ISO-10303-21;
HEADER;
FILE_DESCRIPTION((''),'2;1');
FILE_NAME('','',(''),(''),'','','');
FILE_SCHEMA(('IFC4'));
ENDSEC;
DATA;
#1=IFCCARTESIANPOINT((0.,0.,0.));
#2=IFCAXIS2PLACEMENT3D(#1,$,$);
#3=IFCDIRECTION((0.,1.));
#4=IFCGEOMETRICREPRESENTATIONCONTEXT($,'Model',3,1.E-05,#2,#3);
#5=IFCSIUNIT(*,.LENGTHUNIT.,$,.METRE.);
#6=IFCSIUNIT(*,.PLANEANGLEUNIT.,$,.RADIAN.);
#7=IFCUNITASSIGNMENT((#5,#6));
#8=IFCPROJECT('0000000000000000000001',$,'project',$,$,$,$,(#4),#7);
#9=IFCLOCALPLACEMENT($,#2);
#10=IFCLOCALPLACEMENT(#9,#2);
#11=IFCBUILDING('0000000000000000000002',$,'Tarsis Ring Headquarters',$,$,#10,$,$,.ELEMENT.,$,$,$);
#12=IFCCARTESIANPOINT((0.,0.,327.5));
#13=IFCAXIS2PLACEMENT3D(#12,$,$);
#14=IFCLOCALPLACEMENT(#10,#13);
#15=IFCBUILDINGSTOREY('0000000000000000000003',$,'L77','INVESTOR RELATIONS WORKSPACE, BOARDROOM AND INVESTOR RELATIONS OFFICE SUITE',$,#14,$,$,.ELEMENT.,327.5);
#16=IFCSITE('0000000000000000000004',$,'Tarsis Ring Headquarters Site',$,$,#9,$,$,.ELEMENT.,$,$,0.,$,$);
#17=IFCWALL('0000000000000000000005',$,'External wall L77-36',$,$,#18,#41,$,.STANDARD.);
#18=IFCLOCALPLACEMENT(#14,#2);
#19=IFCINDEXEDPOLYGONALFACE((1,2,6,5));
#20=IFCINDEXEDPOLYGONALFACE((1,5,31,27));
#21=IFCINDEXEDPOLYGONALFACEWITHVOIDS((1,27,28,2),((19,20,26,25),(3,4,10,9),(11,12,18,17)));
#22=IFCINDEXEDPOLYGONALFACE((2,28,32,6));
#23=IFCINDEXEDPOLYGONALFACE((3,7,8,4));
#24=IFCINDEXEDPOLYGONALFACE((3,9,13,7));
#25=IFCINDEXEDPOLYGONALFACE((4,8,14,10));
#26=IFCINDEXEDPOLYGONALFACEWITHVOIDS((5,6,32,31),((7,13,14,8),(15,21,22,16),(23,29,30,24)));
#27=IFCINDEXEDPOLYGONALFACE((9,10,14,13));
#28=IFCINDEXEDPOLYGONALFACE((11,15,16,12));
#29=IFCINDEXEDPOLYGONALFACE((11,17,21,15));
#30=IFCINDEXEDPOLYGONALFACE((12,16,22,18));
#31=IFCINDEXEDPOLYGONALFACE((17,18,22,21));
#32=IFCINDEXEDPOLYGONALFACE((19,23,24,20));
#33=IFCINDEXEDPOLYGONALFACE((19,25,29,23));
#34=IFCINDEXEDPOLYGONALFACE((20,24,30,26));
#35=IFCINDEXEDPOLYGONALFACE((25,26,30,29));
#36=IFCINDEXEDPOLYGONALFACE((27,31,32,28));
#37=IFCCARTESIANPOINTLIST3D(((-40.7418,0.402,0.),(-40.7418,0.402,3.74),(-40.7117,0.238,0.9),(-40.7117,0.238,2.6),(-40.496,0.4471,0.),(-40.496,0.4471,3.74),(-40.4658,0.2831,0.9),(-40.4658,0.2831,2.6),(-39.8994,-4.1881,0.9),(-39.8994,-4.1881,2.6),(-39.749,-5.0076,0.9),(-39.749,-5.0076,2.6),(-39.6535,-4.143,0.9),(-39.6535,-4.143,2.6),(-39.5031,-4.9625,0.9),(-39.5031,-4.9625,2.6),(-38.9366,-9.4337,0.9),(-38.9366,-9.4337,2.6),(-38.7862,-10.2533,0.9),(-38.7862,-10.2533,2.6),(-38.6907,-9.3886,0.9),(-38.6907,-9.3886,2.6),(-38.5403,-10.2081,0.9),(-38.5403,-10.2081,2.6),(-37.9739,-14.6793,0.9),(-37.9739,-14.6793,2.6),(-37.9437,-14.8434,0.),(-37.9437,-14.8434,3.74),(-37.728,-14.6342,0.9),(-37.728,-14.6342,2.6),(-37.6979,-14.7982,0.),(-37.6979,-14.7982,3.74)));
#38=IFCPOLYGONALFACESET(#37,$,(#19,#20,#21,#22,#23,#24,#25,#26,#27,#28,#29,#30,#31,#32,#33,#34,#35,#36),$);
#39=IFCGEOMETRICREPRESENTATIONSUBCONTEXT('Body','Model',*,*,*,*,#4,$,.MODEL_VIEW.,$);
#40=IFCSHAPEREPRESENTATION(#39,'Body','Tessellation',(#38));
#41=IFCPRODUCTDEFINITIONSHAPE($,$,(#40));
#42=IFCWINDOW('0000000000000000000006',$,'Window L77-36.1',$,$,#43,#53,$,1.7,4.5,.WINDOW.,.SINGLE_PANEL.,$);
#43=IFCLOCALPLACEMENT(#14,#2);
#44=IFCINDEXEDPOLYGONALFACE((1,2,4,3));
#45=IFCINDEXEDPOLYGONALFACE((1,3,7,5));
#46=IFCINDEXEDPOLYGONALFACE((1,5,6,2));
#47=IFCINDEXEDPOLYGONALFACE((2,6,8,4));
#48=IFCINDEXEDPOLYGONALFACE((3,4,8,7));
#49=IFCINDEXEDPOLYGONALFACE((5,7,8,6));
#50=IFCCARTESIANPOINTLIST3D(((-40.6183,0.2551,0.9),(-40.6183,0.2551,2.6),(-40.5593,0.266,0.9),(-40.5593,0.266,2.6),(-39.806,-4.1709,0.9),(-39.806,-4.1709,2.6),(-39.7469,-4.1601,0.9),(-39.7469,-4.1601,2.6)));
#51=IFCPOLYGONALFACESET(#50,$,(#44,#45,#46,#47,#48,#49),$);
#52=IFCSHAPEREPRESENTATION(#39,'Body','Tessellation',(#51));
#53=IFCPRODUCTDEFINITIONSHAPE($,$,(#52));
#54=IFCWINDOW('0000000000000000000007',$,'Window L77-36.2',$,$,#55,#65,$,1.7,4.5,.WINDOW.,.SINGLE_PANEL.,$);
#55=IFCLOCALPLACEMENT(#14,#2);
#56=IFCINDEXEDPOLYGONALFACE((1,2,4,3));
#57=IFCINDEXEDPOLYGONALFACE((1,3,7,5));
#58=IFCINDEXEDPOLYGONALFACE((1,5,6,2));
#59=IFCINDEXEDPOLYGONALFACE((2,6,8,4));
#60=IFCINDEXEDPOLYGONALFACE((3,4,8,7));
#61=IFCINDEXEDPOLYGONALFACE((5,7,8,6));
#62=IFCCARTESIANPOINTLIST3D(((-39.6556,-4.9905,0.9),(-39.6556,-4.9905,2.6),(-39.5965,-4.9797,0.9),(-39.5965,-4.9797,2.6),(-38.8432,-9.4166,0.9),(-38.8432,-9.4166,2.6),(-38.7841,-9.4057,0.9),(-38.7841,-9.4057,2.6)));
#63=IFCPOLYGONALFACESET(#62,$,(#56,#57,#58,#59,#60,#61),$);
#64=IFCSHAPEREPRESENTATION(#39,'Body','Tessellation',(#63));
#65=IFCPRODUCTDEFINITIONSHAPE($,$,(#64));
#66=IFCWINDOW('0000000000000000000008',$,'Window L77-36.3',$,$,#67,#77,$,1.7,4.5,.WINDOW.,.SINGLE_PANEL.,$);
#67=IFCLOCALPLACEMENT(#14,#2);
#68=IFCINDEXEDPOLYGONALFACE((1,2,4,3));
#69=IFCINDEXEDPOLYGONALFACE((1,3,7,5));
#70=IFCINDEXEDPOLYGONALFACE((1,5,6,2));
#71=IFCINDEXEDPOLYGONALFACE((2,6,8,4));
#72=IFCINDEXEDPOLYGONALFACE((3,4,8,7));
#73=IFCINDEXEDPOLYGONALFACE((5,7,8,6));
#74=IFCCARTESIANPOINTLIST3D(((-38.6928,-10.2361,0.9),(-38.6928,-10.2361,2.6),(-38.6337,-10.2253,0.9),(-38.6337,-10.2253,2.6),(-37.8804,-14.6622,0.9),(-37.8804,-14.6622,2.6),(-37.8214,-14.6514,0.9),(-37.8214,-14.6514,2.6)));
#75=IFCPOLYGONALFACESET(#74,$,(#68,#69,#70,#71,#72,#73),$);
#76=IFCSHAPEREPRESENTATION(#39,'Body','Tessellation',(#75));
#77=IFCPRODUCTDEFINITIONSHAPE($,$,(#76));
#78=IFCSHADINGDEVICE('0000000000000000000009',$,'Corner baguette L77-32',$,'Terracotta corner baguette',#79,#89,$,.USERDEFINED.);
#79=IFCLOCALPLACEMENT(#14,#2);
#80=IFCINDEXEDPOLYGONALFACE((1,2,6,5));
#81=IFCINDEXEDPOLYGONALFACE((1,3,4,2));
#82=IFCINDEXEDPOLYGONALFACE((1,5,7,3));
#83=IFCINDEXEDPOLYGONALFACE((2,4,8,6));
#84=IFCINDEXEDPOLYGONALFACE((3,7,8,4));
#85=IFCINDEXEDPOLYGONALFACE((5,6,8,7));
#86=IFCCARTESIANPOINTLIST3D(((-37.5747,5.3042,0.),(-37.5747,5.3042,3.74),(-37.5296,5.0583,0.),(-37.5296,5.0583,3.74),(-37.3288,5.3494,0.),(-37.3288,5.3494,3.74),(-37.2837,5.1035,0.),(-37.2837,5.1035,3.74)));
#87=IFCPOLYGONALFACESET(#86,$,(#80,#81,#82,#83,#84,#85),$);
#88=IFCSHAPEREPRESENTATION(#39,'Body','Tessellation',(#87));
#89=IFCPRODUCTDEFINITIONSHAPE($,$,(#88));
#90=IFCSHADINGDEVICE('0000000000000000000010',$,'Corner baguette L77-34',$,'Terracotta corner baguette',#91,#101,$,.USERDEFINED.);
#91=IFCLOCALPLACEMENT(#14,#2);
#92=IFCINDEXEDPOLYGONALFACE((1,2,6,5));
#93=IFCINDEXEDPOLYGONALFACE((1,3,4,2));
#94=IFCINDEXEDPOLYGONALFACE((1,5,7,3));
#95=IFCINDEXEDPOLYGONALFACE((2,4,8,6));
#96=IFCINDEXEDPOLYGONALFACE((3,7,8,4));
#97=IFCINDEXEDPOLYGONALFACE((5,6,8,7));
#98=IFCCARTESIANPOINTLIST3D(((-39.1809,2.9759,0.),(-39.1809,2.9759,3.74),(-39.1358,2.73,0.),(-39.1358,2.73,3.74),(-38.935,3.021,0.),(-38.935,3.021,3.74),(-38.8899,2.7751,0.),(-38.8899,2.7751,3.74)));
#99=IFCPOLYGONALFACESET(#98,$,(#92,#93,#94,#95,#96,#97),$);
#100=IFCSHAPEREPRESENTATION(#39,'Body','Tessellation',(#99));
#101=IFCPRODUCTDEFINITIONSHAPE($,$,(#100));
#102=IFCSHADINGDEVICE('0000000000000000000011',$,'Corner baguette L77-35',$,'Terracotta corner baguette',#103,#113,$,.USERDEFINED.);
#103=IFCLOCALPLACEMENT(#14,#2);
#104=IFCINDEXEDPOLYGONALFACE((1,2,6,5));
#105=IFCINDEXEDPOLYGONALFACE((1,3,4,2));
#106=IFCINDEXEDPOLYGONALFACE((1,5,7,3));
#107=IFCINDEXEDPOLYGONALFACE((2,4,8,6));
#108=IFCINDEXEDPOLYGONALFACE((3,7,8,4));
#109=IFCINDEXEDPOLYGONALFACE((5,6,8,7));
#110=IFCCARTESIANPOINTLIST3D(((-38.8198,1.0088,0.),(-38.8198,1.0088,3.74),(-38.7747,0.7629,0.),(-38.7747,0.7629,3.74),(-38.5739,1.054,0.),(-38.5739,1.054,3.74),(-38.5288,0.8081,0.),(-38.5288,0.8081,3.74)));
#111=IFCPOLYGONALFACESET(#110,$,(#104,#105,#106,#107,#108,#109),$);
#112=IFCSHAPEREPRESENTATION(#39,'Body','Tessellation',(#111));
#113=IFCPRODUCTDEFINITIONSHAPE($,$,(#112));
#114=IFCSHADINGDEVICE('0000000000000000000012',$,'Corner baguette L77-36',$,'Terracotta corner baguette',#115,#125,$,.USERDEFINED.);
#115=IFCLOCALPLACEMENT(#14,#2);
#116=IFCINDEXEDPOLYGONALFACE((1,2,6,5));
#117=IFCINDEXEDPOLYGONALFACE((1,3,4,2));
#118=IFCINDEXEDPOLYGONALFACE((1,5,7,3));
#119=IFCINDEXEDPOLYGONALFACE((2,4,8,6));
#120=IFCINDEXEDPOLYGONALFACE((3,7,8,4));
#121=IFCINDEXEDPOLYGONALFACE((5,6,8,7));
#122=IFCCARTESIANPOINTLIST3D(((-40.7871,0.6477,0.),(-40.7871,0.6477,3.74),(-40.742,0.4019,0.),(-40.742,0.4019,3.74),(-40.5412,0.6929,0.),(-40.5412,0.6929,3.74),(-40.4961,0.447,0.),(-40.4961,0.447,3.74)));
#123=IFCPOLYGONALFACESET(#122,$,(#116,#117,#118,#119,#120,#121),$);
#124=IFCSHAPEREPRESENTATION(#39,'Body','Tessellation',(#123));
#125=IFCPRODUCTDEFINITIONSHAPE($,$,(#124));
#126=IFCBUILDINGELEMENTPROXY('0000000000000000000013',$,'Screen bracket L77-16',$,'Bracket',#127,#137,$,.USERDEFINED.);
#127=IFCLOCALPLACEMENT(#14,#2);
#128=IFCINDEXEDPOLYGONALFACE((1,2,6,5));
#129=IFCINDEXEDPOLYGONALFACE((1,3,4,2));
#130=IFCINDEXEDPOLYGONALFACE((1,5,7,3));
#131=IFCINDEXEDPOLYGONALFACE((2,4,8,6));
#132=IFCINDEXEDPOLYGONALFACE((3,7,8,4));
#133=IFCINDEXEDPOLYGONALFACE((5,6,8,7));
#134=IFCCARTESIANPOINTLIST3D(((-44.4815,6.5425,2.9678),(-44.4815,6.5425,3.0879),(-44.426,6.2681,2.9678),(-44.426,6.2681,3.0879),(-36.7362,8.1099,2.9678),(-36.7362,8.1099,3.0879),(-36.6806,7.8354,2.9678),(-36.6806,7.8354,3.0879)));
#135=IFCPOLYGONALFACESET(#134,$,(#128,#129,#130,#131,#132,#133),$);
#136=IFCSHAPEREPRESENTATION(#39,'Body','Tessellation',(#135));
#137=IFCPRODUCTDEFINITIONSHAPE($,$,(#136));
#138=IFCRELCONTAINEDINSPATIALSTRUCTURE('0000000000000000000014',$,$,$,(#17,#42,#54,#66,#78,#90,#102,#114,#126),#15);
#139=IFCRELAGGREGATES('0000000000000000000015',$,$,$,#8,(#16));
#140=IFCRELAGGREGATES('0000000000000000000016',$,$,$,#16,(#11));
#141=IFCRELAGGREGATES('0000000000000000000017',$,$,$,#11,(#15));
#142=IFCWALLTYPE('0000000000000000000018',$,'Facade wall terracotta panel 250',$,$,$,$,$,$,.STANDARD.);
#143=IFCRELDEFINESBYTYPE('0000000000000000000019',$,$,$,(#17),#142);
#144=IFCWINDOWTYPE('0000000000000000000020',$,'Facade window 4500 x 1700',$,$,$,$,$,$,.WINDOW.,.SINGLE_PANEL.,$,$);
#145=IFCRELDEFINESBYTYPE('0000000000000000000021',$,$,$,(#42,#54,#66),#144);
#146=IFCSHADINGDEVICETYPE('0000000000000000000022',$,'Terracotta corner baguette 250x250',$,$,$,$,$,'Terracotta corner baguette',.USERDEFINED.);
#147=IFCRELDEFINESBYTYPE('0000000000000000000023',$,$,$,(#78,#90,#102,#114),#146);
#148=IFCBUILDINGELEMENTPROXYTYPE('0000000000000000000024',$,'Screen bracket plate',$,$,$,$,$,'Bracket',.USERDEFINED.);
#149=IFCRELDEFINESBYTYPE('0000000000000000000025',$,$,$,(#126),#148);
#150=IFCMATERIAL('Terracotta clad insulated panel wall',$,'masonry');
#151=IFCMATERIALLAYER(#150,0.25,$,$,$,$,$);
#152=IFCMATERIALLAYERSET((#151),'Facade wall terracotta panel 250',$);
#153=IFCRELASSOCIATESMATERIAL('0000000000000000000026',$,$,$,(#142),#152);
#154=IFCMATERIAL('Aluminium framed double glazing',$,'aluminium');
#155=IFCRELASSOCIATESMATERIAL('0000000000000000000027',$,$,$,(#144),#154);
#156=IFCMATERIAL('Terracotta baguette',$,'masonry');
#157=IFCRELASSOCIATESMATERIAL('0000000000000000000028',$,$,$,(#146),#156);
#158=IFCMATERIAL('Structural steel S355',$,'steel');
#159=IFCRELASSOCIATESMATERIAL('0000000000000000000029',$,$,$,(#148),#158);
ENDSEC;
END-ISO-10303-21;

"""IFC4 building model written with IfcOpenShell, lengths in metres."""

from ifc_helpers import new_model, si_unit, direction, frame, frame_2d, origin, origin_2d, place, context, subcontext, project, spatial, rectangle, extrude, material, layer, layer_set, type_object, element, fill, save


model = new_model("IFC4")

# Units and contexts
model_context = context("Model", 3, precision=1e-05, world=origin(), true_north=direction((0.0, 1.0)))
body_context = subcontext(model_context, "Body", "Model", "MODEL_VIEW")
ifc_project = project(units=[si_unit("LENGTHUNIT", "METRE"), si_unit("PLANEANGLEUNIT", "RADIAN")], contexts=[model_context])

# Site, building, storey
site_placement = place(None, origin())
site = spatial("IfcSite", under=ifc_project, at=site_placement, Name="Tarsis Ring Headquarters Site", CompositionType="ELEMENT", RefElevation=0.0)
building_placement = place(site_placement, origin())
building = spatial("IfcBuilding", under=site, at=building_placement, Name="Tarsis Ring Headquarters", CompositionType="ELEMENT")
storey_placement = place(building_placement, frame((0.0, 0.0, 327.5)))
storey = spatial("IfcBuildingStorey", under=building, at=storey_placement, Name="L77", Description="INVESTOR RELATIONS WORKSPACE, BOARDROOM AND INVESTOR RELATIONS OFFICE SUITE", CompositionType="ELEMENT", Elevation=327.5)

# Shared definitions
ifc_material_1 = material(Name="Structural steel S355", Category="steel")

# Shared definitions
ifc_material_2 = material(Name="Terracotta clad insulated panel wall", Category="masonry")
ifc_layer = layer(ifc_material_2, 0.25)
ifc_layer_set = layer_set([ifc_layer], Name="Facade wall terracotta panel 250")
wall_type = type_object("IfcWallType", Name="Facade wall terracotta panel 250", PredefinedType="STANDARD", material=ifc_layer_set)

# Wall, openings, windows
wall_placement = place(storey_placement, frame((-40.6189, 0.4246, 0.0), z_axis=(0.0, 0.0, 1.0), x_axis=(0.180522, -0.983571, 0.0)))
wall = element("IfcWall", 1, at=wall_placement, inside=storey, type_object=wall_type, Name="External wall L77-36", PredefinedType="STANDARD", context=body_context, shape_type="SweptSolid", body=[
    extrude(rectangle(XDim=15.5, YDim=0.25, at=frame_2d((7.75, 0.0))), origin(), (0.0, 0.0, 1.0), 3.74),
])
opening_1_placement = place(wall_placement, frame((0.1667, 0.0, 0.8999)))
opening_1 = element("IfcOpeningElement", 2, at=opening_1_placement, cuts=wall, PredefinedType="OPENING", context=body_context, shape_type="SweptSolid", body=[
    extrude(rectangle(XDim=4.5, YDim=1.7, at=frame_2d((2.25, 0.8501))), frame((0.0, 0.135, 0.0), z_axis=(0.0, -1.0, 0.0), x_axis=(1.0, 0.0, 0.0)), (0.0, 0.0, 1.0), 0.27),
])
opening_2_placement = place(wall_placement, frame((5.5, 0.0, 0.8999)))
opening_2 = element("IfcOpeningElement", 3, at=opening_2_placement, cuts=wall, PredefinedType="OPENING", context=body_context, shape_type="SweptSolid", body=[
    extrude(rectangle(XDim=4.5, YDim=1.7, at=frame_2d((2.25, 0.8501))), frame((0.0, 0.135, 0.0), z_axis=(0.0, -1.0, 0.0), x_axis=(1.0, 0.0, 0.0)), (0.0, 0.0, 1.0), 0.27),
])
opening_3_placement = place(wall_placement, frame((10.8333, 0.0, 0.8999)))
opening_3 = element("IfcOpeningElement", 4, at=opening_3_placement, cuts=wall, PredefinedType="OPENING", context=body_context, shape_type="SweptSolid", body=[
    extrude(rectangle(XDim=4.5, YDim=1.7, at=frame_2d((2.25, 0.8501))), frame((0.0, 0.135, 0.0), z_axis=(0.0, -1.0, 0.0), x_axis=(1.0, 0.0, 0.0)), (0.0, 0.0, 1.0), 0.27),
])
ifc_material_3 = material(Name="Aluminium framed double glazing", Category="aluminium")
window_type = type_object("IfcWindowType", Name="Facade window 4500 x 1700", PartitioningType="SINGLE_PANEL", PredefinedType="WINDOW", material=ifc_material_3)
window_1_placement = place(opening_1_placement, origin())
window_1 = element("IfcWindow", 5, at=window_1_placement, inside=storey, type_object=window_type, Name="Window L77-36.1", OverallHeight=1.7, OverallWidth=4.5, PartitioningType="SINGLE_PANEL", PredefinedType="WINDOW", context=body_context, shape_type="SweptSolid", body=[
    extrude(rectangle(XDim=4.5, YDim=1.7, at=frame_2d((2.25, 0.8501))), frame((0.0, 0.03, 0.0), z_axis=(0.0, -1.0, 0.0), x_axis=(1.0, 0.0, 0.0)), (0.0, 0.0, 1.0), 0.0601),
])
fill(opening_1, window_1)
window_2_placement = place(opening_2_placement, origin())
window_2 = element("IfcWindow", 6, at=window_2_placement, inside=storey, type_object=window_type, Name="Window L77-36.2", OverallHeight=1.7, OverallWidth=4.5, PartitioningType="SINGLE_PANEL", PredefinedType="WINDOW", context=body_context, shape_type="SweptSolid", body=[
    extrude(rectangle(XDim=4.5, YDim=1.7, at=frame_2d((2.25, 0.8501))), frame((0.0, 0.03, 0.0), z_axis=(0.0, -1.0, 0.0), x_axis=(1.0, 0.0, 0.0)), (0.0, 0.0, 1.0), 0.0601),
])
fill(opening_2, window_2)
window_3_placement = place(opening_3_placement, origin())
window_3 = element("IfcWindow", 7, at=window_3_placement, inside=storey, type_object=window_type, Name="Window L77-36.3", OverallHeight=1.7, OverallWidth=4.5, PartitioningType="SINGLE_PANEL", PredefinedType="WINDOW", context=body_context, shape_type="SweptSolid", body=[
    extrude(rectangle(XDim=4.5, YDim=1.7, at=frame_2d((2.25, 0.8501))), frame((0.0, 0.03, 0.0), z_axis=(0.0, -1.0, 0.0), x_axis=(1.0, 0.0, 0.0)), (0.0, 0.0, 1.0), 0.0601),
])
fill(opening_3, window_3)

# Shading devices
ifc_material_4 = material(Name="Terracotta baguette", Category="masonry")
shading_device_type_1 = type_object("IfcShadingDeviceType", Name="Terracotta corner baguette 250x250", ElementType="Terracotta corner baguette", PredefinedType="USERDEFINED", material=ifc_material_4)
for number, where, z_axis, x_axis, name in (
    (8, (-37.4292, 5.2039, 0.0), (0.0, 0.0, 1.0), (-0.983571, -0.180519, 0.0), "Corner baguette L77-32"),
    (9, (-39.0354, 2.8755, 0.0), (0.0, 0.0, 1.0), (-0.983571, -0.180519, 0.0), "Corner baguette L77-34"),
    (10, (-38.6743, 0.9084, 0.0), (0.0, 0.0, 1.0), (0.180519, -0.983571, 0.0), "Corner baguette L77-35"),
    (11, (-40.6416, 0.5474, 0.0), (0.0, 0.0, 1.0), (-0.983571, -0.180519, 0.0), "Corner baguette L77-36"),
):
    element("IfcShadingDevice", number, at=place(storey_placement, frame(where, z_axis=z_axis, x_axis=x_axis)), inside=storey, type_object=shading_device_type_1, Name=name, ObjectType="Terracotta corner baguette", PredefinedType="USERDEFINED", context=body_context, shape_type="SweptSolid", body=[
        extrude(rectangle(XDim=0.25, YDim=0.25, at=origin_2d()), origin(), (0.0, 0.0, 1.0), 3.74),
    ])

# Building element proxy
building_element_proxy_type = type_object("IfcBuildingElementProxyType", Name="Screen bracket plate", ElementType="Bracket", PredefinedType="USERDEFINED", material=ifc_material_1)
proxy_placement = place(storey_placement, frame((-40.5811, 7.189, 2.9678), z_axis=(0.0, 0.0, 1.0), x_axis=(-0.980133, -0.198342, 0.0)))
element("IfcBuildingElementProxy", 12, at=proxy_placement, inside=storey, type_object=building_element_proxy_type, Name="Screen bracket L77-16", ObjectType="Bracket", PredefinedType="USERDEFINED", context=body_context, shape_type="SweptSolid", body=[
    extrude(rectangle(XDim=7.9023, YDim=0.28, at=origin_2d()), origin(), (0.0, 0.0, 1.0), 0.1201),
])

save(model, "model.ifc")
